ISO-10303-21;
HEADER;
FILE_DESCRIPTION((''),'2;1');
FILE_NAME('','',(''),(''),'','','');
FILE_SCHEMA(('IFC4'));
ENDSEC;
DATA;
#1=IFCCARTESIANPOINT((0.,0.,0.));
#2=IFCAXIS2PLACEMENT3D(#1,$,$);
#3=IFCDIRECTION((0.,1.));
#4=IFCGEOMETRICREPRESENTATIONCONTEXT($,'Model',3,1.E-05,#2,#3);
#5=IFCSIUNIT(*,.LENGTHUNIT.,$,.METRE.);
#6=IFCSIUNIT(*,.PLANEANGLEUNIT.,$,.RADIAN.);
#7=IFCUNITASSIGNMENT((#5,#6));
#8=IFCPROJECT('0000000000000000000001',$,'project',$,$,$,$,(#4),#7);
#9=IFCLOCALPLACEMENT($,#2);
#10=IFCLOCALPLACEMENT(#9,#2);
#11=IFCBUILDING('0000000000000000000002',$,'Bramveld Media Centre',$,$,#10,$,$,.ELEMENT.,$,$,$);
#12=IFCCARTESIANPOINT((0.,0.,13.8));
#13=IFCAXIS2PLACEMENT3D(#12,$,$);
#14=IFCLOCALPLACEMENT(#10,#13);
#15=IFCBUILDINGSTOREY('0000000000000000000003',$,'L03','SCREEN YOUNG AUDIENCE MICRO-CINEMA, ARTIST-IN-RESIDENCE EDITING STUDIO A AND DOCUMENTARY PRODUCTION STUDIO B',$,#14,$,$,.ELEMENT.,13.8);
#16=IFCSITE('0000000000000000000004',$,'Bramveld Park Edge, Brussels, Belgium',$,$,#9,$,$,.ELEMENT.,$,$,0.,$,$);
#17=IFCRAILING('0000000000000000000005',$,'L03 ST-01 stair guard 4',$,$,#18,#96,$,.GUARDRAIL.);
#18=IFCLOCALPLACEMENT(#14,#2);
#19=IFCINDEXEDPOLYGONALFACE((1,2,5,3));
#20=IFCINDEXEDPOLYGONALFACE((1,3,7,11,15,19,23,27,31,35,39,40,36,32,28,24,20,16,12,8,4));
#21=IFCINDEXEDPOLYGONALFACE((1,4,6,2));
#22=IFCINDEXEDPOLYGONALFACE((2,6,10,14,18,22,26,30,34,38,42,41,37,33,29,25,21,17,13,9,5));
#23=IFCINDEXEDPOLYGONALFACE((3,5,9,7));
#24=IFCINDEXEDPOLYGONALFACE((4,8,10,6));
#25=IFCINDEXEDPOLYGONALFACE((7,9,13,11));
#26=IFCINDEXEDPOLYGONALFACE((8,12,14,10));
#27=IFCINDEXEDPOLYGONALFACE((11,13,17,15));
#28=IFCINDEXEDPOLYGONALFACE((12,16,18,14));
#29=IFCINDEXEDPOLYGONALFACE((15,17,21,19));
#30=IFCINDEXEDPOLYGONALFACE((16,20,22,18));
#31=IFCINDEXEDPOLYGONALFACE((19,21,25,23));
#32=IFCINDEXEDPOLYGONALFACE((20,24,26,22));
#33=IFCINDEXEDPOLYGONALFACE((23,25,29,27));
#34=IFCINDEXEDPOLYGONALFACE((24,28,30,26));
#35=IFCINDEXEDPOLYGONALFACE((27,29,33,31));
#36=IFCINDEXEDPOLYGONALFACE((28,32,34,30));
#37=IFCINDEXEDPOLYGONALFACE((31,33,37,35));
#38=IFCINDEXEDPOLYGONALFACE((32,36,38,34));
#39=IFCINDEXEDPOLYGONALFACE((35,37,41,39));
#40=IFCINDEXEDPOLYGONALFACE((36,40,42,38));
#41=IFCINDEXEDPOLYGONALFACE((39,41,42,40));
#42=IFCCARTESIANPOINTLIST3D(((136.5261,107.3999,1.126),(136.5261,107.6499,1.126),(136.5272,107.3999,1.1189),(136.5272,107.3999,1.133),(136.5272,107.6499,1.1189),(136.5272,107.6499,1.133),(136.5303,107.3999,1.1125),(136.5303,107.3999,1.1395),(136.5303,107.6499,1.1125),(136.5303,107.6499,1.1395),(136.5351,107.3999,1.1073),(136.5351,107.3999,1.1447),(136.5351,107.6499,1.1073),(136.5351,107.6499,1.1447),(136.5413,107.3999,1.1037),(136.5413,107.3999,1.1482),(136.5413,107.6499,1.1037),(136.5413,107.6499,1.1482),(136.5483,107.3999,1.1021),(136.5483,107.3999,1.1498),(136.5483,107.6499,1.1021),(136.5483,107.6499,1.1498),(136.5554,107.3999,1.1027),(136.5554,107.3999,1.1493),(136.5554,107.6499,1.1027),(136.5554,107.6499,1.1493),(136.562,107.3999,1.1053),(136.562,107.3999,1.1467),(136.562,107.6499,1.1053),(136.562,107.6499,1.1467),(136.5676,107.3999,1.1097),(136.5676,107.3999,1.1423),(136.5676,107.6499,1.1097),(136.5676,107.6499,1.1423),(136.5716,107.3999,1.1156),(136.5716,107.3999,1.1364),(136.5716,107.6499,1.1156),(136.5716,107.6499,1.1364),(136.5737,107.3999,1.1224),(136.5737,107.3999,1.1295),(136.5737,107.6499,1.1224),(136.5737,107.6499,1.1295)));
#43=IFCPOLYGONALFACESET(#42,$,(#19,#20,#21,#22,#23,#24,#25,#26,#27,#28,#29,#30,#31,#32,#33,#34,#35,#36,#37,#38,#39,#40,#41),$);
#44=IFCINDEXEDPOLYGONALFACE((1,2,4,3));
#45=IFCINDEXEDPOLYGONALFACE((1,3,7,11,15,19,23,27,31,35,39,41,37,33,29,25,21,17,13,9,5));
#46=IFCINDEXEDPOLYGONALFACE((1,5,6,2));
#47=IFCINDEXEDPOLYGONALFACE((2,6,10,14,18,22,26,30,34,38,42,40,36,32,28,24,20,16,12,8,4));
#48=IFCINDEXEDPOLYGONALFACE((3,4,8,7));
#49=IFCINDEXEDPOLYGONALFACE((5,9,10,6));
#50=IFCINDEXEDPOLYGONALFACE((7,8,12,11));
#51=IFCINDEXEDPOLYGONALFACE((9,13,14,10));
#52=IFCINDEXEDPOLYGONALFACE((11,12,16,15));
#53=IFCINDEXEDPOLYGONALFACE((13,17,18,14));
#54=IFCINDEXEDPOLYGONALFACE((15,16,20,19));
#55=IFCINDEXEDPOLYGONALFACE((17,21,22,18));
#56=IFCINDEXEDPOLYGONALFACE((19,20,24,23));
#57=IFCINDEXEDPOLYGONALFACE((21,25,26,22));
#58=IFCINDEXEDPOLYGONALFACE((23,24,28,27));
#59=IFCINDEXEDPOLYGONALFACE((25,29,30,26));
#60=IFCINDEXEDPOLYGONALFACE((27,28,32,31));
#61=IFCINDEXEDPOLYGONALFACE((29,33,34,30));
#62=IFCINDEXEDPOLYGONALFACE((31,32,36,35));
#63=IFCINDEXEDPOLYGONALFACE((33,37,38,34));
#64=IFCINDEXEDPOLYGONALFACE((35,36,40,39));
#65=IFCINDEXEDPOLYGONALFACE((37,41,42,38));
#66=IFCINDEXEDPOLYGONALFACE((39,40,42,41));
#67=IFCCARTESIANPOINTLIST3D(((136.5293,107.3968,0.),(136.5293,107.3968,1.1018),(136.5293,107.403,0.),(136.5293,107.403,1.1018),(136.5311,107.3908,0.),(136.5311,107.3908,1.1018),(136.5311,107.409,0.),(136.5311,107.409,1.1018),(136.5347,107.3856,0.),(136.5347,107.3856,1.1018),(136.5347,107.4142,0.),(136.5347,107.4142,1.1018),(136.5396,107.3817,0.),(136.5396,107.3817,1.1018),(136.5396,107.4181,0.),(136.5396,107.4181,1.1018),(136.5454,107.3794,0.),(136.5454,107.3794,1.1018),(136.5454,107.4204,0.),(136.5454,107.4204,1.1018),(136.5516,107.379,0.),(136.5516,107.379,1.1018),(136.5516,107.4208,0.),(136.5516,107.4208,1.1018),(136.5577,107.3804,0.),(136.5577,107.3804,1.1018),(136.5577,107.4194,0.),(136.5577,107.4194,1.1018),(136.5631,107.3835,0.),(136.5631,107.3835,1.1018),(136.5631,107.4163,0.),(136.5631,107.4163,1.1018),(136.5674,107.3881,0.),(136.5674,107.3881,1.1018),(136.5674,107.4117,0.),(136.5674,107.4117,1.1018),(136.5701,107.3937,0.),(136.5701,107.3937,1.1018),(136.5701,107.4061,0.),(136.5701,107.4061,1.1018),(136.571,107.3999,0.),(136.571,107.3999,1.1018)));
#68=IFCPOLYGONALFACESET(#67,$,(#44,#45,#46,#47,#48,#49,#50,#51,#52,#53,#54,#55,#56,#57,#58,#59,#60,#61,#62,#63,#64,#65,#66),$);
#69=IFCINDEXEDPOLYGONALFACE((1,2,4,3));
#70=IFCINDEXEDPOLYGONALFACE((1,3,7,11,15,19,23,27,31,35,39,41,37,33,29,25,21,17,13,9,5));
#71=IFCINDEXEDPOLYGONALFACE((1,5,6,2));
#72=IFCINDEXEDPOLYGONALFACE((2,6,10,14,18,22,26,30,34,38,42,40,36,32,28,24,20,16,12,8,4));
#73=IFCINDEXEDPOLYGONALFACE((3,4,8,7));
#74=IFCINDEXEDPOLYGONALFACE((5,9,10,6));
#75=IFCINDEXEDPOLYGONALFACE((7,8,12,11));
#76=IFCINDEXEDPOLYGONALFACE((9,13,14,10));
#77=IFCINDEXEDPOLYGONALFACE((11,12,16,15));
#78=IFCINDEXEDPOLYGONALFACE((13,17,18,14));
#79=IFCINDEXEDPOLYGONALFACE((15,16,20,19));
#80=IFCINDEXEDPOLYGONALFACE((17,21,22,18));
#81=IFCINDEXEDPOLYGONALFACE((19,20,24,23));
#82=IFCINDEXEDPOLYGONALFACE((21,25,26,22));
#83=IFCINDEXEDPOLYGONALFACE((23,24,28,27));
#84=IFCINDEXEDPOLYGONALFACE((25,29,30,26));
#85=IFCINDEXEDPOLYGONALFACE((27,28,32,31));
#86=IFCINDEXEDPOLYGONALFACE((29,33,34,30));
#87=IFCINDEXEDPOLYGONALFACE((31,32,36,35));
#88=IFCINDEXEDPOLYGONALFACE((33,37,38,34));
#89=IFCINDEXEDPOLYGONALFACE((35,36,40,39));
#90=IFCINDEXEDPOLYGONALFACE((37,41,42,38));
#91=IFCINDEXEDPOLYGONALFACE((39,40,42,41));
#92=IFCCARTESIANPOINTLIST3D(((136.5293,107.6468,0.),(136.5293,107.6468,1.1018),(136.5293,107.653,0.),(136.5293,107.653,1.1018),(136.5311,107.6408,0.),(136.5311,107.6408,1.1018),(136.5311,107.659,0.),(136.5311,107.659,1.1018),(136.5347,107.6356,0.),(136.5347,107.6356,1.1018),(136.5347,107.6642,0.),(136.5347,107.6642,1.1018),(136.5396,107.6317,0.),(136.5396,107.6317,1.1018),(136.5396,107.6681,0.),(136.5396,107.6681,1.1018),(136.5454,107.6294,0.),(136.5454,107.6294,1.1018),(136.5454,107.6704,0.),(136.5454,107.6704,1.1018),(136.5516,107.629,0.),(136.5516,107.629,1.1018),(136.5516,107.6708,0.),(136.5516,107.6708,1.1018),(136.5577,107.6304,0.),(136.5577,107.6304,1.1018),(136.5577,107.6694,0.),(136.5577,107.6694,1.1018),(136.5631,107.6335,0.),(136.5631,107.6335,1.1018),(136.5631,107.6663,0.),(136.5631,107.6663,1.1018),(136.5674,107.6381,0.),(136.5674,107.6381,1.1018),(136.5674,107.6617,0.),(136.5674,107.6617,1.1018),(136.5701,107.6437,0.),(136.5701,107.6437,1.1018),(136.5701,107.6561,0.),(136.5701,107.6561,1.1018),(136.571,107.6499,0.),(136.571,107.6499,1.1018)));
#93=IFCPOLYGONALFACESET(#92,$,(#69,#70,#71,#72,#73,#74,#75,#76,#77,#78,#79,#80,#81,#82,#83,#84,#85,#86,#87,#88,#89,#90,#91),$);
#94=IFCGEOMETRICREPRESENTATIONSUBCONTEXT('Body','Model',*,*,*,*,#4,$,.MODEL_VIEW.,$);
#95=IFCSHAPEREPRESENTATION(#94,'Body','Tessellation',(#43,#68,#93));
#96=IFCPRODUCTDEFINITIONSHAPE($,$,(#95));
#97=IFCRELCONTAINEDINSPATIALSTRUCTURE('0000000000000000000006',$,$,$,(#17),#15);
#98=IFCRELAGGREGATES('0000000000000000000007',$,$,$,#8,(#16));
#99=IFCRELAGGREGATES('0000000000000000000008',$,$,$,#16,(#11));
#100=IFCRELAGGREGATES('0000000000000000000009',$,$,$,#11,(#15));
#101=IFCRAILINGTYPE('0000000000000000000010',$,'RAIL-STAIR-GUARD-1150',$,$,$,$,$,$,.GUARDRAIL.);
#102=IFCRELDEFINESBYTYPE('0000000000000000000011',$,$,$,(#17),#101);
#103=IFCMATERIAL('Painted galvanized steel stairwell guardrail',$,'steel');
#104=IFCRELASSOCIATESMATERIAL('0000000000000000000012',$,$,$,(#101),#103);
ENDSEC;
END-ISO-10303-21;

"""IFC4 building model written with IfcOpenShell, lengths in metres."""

from ifc_helpers import new_model, si_unit, direction, frame, origin, origin_2d, place, context, subcontext, project, spatial, circle, extrude, material, type_object, element, save


model = new_model("IFC4")

# Units and contexts
model_context = context("Model", 3, precision=1e-05, world=origin(), true_north=direction((0.0, 1.0)))
body_context = subcontext(model_context, "Body", "Model", "MODEL_VIEW")
ifc_project = project(units=[si_unit("LENGTHUNIT", "METRE"), si_unit("PLANEANGLEUNIT", "RADIAN")], contexts=[model_context])

# Site, building, storey
site_placement = place(None, origin())
site = spatial("IfcSite", under=ifc_project, at=site_placement, Name="Bramveld Park Edge, Brussels, Belgium", CompositionType="ELEMENT", RefElevation=0.0)
building_placement = place(site_placement, origin())
building = spatial("IfcBuilding", under=site, at=building_placement, Name="Bramveld Media Centre", CompositionType="ELEMENT")
storey_placement = place(building_placement, frame((0.0, 0.0, 13.8)))
storey = spatial("IfcBuildingStorey", under=building, at=storey_placement, Name="L03", Description="SCREEN YOUNG AUDIENCE MICRO-CINEMA, ARTIST-IN-RESIDENCE EDITING STUDIO A AND DOCUMENTARY PRODUCTION STUDIO B", CompositionType="ELEMENT", Elevation=13.8)

# Railing
ifc_material_1 = material(Name="Painted galvanized steel stairwell guardrail", Category="steel")
railing_type_1 = type_object("IfcRailingType", Name="RAIL-STAIR-GUARD-1150", PredefinedType="GUARDRAIL", material=ifc_material_1)
railing_1_placement = place(storey_placement, frame((136.55, 107.3999, 0.0)))
element("IfcRailing", 1, at=railing_1_placement, inside=storey, type_object=railing_type_1, Name="L03 ST-01 stair guard 4", PredefinedType="GUARDRAIL", context=body_context, shape_type="SweptSolid", body=[
    extrude(circle(Radius=0.0239, at=origin_2d()), frame((0.0, 0.0, 1.126), z_axis=(0.0, 1.0, 0.0), x_axis=(-1.0, 0.0, 0.0)), (0.0, 0.0, 1.0), 0.25),
    extrude(circle(Radius=0.021, at=origin_2d()), origin(), (0.0, 0.0, 1.0), 1.1018),
    extrude(circle(Radius=0.021, at=origin_2d()), frame((0.0, 0.25, 0.0)), (0.0, 0.0, 1.0), 1.1018),
])

save(model, "model.ifc")
